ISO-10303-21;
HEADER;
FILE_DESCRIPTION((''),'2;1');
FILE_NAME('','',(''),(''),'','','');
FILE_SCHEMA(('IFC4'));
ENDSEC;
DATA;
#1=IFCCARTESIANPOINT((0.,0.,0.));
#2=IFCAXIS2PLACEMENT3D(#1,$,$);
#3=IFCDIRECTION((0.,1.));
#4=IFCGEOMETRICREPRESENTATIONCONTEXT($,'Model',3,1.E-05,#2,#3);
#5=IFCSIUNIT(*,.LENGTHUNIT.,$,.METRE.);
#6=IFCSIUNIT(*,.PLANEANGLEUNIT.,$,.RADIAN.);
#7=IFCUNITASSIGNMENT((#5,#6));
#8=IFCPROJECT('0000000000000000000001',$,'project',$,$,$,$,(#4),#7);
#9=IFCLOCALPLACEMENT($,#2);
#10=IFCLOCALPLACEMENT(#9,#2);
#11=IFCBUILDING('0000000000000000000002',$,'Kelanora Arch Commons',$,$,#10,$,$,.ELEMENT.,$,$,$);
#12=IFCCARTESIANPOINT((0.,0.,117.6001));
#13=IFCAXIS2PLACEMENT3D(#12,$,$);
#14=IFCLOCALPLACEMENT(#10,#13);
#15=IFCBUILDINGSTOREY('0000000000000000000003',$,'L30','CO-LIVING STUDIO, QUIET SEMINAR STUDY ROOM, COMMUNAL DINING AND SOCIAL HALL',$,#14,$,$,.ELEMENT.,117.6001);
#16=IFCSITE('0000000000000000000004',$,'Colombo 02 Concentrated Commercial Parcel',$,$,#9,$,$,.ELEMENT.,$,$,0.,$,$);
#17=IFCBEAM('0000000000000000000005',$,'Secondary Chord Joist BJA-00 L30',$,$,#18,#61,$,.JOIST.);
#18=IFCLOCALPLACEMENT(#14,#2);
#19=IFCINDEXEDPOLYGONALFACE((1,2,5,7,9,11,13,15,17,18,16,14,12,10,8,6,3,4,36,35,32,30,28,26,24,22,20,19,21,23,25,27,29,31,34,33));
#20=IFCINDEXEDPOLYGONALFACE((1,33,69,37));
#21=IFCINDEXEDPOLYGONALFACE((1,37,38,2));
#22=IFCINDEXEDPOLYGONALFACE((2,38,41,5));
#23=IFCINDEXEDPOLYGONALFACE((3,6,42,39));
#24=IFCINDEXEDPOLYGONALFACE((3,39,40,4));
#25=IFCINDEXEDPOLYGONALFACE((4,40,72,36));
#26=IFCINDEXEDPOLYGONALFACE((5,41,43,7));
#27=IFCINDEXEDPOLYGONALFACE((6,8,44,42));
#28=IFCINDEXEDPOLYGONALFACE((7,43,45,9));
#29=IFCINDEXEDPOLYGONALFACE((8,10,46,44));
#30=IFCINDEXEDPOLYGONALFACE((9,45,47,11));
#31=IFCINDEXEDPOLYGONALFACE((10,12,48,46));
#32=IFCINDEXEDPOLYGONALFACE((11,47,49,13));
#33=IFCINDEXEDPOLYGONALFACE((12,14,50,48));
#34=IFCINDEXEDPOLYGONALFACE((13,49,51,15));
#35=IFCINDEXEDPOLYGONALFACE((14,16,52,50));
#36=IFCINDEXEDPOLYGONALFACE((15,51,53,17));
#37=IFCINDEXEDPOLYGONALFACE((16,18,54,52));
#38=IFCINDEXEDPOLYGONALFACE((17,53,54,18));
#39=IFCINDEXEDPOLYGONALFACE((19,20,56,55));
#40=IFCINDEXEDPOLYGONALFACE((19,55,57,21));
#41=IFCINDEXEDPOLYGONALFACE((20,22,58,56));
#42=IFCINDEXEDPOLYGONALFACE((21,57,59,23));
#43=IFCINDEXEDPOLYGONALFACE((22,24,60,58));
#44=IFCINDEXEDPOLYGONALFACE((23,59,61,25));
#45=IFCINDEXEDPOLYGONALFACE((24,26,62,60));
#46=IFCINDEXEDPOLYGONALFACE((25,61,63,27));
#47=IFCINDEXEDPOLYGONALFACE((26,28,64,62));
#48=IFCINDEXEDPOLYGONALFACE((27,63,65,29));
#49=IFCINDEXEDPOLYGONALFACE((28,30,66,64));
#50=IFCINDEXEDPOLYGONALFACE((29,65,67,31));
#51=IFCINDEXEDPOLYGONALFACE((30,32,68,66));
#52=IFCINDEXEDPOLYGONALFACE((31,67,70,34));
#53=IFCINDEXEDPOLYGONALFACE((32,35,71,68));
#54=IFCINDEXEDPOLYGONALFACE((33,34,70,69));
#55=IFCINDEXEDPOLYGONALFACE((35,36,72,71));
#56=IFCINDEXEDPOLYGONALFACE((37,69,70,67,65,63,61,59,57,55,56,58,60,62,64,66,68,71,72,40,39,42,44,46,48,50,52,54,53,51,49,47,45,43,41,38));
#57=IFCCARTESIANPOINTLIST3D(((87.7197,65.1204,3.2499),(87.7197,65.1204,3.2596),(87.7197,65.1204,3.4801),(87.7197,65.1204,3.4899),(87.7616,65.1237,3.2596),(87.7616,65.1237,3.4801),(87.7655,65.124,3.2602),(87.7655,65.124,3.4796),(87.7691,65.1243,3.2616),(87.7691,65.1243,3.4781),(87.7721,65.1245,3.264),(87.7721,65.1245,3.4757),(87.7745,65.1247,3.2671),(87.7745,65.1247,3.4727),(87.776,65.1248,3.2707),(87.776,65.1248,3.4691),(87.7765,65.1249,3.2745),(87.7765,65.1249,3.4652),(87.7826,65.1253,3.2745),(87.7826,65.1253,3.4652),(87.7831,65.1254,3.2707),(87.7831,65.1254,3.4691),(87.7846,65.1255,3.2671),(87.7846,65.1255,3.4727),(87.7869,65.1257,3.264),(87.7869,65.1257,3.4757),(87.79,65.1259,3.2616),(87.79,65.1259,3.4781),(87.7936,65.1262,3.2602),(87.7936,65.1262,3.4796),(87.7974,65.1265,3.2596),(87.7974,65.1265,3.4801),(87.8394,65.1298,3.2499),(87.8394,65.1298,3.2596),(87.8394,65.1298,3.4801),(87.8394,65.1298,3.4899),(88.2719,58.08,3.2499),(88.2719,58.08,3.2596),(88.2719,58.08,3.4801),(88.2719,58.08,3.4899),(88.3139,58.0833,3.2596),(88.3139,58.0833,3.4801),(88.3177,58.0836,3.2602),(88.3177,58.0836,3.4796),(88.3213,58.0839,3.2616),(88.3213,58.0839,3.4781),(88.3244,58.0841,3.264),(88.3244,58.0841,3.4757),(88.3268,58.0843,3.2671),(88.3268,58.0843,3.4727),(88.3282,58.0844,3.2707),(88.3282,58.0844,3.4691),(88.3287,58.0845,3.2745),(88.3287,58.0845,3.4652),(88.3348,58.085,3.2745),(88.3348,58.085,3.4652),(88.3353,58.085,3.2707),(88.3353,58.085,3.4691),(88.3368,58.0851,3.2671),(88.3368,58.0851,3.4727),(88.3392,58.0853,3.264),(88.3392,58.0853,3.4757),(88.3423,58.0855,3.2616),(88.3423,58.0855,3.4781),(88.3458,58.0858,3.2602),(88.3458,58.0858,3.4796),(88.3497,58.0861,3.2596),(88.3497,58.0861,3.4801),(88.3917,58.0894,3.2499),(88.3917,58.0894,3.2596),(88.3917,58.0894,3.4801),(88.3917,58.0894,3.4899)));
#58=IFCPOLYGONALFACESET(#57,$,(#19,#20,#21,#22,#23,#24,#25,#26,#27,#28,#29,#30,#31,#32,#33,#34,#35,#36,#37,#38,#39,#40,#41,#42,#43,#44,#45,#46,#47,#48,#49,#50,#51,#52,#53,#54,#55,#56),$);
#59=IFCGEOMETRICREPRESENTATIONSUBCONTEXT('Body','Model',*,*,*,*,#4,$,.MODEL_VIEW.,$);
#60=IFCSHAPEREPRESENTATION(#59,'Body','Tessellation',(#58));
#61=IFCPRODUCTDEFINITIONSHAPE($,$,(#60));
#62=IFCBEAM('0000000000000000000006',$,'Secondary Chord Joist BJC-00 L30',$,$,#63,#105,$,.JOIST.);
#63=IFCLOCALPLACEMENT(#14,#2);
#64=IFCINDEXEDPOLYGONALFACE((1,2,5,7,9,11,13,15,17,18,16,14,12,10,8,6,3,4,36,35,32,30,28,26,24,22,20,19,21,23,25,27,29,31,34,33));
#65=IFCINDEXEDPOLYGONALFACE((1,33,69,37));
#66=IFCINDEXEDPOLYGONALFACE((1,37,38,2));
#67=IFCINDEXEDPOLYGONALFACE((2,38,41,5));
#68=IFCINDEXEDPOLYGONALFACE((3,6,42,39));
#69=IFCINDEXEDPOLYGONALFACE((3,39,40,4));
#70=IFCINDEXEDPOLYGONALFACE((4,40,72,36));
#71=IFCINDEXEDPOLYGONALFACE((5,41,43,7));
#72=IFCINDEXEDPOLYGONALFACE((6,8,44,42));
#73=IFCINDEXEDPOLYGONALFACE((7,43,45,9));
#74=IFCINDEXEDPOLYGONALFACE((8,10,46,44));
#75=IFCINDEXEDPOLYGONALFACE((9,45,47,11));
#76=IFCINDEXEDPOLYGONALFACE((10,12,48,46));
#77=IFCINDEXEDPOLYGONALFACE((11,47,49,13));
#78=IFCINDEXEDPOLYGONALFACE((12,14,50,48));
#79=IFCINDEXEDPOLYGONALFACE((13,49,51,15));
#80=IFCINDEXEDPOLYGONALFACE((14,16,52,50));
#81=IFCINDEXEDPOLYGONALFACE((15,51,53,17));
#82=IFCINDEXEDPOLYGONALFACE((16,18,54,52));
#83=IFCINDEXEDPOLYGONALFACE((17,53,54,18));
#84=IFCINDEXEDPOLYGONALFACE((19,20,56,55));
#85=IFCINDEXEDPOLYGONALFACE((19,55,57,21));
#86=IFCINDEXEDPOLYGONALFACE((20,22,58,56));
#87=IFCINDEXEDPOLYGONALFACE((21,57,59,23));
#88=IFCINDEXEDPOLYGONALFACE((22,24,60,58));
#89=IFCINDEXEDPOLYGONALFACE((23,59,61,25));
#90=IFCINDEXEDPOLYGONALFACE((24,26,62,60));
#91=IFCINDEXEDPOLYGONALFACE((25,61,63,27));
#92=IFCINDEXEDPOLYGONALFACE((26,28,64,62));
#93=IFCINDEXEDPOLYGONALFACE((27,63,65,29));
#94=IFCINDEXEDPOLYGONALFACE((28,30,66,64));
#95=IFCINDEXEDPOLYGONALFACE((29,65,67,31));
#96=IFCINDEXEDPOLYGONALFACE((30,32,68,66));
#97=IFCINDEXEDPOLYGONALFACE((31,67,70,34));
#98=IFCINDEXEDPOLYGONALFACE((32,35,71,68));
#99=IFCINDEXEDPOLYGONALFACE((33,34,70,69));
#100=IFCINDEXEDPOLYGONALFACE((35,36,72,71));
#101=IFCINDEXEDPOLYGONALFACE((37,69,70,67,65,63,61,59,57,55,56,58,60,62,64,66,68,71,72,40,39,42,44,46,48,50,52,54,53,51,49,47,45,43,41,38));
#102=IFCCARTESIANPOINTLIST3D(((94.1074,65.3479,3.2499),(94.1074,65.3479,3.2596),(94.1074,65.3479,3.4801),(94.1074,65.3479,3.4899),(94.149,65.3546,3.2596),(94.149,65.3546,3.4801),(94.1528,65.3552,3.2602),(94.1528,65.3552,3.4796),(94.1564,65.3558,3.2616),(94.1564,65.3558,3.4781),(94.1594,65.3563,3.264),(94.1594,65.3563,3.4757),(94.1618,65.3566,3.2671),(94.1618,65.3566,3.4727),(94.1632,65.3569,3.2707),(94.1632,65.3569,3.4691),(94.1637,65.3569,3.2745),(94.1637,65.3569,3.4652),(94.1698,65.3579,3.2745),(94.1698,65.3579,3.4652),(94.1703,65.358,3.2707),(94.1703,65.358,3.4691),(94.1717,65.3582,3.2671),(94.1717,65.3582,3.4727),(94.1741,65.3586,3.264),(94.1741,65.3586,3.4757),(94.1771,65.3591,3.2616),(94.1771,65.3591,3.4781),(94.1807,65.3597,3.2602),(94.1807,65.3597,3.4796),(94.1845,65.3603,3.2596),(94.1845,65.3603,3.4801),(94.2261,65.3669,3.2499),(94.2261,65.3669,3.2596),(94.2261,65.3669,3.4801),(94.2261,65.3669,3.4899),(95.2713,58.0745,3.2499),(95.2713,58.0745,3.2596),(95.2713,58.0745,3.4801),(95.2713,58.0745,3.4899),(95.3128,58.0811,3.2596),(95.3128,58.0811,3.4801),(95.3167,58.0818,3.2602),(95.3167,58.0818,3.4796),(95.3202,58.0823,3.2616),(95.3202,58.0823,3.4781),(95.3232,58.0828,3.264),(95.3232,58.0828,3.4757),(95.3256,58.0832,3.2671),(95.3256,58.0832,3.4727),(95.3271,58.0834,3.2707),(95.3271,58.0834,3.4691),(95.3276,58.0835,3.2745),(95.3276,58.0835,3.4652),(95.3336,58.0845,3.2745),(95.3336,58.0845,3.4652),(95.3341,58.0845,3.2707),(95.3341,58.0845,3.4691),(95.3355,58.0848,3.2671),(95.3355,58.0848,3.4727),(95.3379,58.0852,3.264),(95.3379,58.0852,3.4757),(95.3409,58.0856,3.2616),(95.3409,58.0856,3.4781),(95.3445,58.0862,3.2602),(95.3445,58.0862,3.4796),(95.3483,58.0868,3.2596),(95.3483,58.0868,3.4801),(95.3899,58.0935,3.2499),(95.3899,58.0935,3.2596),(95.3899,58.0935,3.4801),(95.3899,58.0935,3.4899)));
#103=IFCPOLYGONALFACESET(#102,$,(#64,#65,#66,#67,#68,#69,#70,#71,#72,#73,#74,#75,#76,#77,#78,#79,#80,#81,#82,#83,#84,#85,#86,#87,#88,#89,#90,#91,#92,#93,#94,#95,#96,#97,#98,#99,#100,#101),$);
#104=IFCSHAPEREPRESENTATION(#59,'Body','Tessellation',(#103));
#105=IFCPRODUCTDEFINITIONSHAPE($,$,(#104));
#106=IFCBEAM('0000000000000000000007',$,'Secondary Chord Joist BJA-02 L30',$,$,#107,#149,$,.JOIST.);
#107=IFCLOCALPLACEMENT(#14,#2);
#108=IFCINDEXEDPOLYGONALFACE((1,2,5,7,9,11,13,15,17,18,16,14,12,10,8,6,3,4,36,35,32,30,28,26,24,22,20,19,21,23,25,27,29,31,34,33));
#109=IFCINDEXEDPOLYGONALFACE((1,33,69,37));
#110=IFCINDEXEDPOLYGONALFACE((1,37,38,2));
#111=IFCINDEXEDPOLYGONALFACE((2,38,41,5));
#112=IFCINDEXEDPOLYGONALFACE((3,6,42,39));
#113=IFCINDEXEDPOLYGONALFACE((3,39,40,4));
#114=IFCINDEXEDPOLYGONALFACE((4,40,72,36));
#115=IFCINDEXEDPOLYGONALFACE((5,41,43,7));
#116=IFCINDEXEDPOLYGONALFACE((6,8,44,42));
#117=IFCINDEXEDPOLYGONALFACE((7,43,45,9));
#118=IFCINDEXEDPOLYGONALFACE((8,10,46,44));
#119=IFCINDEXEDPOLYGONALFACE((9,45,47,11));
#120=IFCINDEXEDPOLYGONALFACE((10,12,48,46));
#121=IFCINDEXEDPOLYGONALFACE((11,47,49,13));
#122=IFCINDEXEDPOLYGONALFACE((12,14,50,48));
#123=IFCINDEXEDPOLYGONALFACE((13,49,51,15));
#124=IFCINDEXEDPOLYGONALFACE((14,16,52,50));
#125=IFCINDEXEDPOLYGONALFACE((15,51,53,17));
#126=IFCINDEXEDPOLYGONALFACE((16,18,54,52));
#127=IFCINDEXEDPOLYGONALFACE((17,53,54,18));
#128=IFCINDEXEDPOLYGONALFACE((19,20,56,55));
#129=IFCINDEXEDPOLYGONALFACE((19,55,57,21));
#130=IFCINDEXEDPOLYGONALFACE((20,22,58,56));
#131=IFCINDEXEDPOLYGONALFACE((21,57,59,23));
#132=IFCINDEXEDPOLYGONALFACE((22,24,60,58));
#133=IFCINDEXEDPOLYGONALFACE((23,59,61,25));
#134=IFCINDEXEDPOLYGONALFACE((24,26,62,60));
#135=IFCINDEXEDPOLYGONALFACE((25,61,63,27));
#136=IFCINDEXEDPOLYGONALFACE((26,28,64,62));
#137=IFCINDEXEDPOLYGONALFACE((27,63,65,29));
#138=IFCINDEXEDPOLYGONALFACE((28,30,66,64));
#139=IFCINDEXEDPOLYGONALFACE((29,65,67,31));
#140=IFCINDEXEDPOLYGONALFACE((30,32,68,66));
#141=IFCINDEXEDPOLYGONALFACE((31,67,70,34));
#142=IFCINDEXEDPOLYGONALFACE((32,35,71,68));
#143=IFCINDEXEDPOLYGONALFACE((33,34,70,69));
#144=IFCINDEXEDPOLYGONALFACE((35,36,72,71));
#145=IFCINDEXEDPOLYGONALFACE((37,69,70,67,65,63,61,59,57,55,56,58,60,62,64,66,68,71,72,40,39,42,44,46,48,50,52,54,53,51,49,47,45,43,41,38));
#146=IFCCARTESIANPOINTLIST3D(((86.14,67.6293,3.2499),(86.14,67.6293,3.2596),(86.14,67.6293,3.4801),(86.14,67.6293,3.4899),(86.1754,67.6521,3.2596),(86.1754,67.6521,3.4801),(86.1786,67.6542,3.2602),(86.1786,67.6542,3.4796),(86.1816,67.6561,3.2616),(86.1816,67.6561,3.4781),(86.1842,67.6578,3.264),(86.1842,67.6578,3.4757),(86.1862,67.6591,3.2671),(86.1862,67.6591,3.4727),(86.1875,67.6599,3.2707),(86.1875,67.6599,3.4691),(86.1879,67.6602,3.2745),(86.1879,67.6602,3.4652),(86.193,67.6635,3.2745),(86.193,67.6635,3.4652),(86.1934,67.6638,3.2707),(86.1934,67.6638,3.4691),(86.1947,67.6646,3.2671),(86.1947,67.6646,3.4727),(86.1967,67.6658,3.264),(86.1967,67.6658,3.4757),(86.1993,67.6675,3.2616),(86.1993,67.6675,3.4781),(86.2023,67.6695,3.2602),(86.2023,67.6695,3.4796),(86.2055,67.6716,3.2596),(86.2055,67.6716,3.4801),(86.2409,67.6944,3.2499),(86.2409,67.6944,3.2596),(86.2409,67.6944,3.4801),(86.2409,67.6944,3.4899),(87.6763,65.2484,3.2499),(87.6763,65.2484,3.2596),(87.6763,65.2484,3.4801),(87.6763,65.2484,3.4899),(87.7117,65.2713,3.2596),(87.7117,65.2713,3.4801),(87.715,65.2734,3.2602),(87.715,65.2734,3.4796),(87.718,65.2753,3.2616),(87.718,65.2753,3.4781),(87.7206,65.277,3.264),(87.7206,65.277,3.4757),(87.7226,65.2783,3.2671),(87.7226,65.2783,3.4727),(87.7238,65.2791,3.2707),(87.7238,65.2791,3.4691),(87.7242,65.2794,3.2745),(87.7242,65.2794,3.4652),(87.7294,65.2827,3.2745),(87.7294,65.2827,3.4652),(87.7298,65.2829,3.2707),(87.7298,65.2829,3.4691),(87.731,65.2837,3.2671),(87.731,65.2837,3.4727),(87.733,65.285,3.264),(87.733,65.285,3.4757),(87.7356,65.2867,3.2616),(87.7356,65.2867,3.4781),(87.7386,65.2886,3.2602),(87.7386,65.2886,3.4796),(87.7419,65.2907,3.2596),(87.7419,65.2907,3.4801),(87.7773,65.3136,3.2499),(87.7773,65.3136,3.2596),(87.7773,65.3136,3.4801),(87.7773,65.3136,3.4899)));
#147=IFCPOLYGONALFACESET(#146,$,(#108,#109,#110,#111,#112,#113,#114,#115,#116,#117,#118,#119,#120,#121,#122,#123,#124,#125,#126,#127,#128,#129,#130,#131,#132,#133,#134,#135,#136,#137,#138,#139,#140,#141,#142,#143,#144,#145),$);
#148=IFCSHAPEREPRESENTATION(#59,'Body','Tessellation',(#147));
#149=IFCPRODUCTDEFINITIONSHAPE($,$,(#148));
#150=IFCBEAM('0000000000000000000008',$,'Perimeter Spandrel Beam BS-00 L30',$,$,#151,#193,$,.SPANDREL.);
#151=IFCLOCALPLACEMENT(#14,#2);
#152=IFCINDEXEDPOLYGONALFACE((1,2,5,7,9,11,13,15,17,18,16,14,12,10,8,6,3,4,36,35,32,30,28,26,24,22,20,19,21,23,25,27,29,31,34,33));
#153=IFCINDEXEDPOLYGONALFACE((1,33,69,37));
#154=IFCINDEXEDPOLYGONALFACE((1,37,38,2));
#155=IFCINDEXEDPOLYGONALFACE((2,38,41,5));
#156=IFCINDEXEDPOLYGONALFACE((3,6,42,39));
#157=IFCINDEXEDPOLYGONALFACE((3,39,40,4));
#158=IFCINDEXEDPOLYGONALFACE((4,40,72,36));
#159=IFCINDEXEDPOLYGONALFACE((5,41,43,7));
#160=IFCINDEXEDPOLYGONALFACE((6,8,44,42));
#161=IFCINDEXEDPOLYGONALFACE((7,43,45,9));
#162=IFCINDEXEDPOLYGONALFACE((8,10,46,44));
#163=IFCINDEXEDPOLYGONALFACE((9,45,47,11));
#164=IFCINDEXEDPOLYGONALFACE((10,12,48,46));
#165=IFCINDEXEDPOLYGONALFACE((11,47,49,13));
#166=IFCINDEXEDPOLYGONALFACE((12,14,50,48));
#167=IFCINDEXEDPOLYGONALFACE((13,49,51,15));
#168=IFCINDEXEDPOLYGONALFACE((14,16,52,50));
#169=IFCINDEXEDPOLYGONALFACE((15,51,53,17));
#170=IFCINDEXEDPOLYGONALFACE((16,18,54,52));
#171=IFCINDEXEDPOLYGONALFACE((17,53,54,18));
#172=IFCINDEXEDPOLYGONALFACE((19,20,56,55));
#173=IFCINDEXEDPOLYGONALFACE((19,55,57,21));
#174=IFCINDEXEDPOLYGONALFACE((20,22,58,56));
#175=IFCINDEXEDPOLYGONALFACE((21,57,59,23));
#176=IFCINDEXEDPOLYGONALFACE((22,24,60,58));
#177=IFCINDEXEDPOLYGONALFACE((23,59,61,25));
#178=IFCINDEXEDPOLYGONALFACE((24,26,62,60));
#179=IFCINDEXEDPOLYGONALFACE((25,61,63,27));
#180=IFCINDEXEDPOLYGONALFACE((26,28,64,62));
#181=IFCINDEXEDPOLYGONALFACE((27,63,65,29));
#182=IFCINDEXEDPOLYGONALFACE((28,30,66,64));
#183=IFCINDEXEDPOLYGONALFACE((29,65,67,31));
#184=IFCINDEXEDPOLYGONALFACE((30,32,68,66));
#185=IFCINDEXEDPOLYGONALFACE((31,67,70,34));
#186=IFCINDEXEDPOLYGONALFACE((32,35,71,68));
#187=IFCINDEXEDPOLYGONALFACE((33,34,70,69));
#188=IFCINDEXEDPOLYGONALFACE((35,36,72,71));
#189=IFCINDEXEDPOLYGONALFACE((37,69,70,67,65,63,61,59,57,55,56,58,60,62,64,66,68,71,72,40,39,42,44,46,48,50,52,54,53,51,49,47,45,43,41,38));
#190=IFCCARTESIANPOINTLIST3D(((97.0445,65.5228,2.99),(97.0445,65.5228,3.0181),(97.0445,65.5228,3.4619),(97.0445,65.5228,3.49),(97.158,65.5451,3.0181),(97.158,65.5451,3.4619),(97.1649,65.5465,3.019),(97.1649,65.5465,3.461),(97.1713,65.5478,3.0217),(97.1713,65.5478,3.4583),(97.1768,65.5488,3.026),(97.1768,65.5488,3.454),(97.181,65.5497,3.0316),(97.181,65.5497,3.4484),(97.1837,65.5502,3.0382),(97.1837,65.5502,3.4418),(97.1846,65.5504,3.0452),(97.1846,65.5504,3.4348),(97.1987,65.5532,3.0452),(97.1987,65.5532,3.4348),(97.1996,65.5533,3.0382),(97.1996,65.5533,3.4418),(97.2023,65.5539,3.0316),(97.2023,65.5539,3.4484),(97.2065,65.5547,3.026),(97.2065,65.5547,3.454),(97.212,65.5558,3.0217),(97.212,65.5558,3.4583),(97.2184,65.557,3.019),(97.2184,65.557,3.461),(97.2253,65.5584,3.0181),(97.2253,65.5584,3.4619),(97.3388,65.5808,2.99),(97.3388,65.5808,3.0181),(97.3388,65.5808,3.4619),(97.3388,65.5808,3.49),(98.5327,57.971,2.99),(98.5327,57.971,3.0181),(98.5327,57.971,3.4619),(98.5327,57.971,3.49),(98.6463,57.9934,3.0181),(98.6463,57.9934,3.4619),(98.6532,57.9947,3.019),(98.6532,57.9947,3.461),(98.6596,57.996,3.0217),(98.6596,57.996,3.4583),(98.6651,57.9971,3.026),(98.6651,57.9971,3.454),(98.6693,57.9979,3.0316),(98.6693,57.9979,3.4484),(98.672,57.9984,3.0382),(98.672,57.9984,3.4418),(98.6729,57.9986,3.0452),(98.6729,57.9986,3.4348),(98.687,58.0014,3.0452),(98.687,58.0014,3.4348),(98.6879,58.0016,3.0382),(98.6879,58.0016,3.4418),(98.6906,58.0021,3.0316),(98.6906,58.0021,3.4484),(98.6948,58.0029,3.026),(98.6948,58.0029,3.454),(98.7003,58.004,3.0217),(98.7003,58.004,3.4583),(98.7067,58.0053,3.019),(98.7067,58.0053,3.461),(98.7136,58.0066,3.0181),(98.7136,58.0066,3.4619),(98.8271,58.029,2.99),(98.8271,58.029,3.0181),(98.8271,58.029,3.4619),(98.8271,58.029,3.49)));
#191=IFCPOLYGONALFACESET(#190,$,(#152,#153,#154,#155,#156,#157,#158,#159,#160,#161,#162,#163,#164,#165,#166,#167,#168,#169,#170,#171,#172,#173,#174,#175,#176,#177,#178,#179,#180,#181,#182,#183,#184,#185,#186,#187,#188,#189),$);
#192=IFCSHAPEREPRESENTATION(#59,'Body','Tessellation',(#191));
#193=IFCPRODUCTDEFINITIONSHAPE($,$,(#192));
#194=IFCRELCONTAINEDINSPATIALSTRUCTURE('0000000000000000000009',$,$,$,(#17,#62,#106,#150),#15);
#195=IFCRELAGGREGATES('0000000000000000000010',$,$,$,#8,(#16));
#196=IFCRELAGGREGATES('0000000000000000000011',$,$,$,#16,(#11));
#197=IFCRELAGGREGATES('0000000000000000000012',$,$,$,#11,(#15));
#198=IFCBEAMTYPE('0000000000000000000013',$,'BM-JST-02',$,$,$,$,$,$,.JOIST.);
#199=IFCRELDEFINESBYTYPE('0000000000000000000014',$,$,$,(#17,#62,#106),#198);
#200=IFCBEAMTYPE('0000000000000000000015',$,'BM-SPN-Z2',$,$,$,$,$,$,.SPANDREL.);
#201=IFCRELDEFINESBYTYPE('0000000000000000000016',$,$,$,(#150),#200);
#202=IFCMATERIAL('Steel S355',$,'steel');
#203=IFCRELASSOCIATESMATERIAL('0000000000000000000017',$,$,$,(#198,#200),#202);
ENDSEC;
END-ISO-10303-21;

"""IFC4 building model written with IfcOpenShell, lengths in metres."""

from ifc_helpers import new_model, si_unit, direction, frame, origin, origin_2d, place, context, subcontext, project, spatial, i_section, extrude, material, material_profile, profile_set, type_object, element, save


model = new_model("IFC4")

# Units and contexts
model_context = context("Model", 3, precision=1e-05, world=origin(), true_north=direction((0.0, 1.0)))
body_context = subcontext(model_context, "Body", "Model", "MODEL_VIEW")
ifc_project = project(units=[si_unit("LENGTHUNIT", "METRE"), si_unit("PLANEANGLEUNIT", "RADIAN")], contexts=[model_context])

# Site, building, storey
site_placement = place(None, origin())
site = spatial("IfcSite", under=ifc_project, at=site_placement, Name="Colombo 02 Concentrated Commercial Parcel", CompositionType="ELEMENT", RefElevation=0.0)
building_placement = place(site_placement, origin())
building = spatial("IfcBuilding", under=site, at=building_placement, Name="Kelanora Arch Commons", CompositionType="ELEMENT")
storey_placement = place(building_placement, frame((0.0, 0.0, 117.6001)))
storey = spatial("IfcBuildingStorey", under=building, at=storey_placement, Name="L30", Description="CO-LIVING STUDIO, QUIET SEMINAR STUDY ROOM, COMMUNAL DINING AND SOCIAL HALL", CompositionType="ELEMENT", Elevation=117.6001)

# Beams
ifc_material_1 = material(Name="Steel S355", Category="steel")
ifc_material_profile_1 = material_profile(ifc_material_1, i_section(OverallWidth=0.1201, OverallDepth=0.24, WebThickness=0.0061, FlangeThickness=0.0098, FilletRadius=0.0149, at=origin_2d()), Name="IPE240")
ifc_profile_set_1 = profile_set([ifc_material_profile_1], Name="Steel S355")
beam_type_1 = type_object("IfcBeamType", Name="BM-JST-02", PredefinedType="JOIST", material=ifc_profile_set_1)
beam_1_placement = place(storey_placement, frame((88.3318, 58.0847, 3.3699), z_axis=(-0.078201, 0.996938, 0.0), x_axis=(-0.996938, -0.078201, 0.0)))
element("IfcBeam", 1, at=beam_1_placement, inside=storey, type_object=beam_type_1, Name="Secondary Chord Joist BJA-00 L30", PredefinedType="JOIST", context=body_context, shape_type="SweptSolid", body=[
    extrude(i_section(OverallWidth=0.1201, OverallDepth=0.24, WebThickness=0.0061, FlangeThickness=0.0098, FilletRadius=0.0149, at=origin_2d()), origin(), (0.0, 0.0, 1.0), 7.062),
])
beam_2_placement = place(storey_placement, frame((95.3306, 58.084, 3.3699), z_axis=(-0.158, 0.987439, 0.0), x_axis=(-0.987439, -0.158, 0.0)))
element("IfcBeam", 2, at=beam_2_placement, inside=storey, type_object=beam_type_1, Name="Secondary Chord Joist BJC-00 L30", PredefinedType="JOIST", context=body_context, shape_type="SweptSolid", body=[
    extrude(i_section(OverallWidth=0.1201, OverallDepth=0.24, WebThickness=0.0061, FlangeThickness=0.0098, FilletRadius=0.0149, at=origin_2d()), origin(), (0.0, 0.0, 1.0), 7.366),
])
beam_3_placement = place(storey_placement, frame((87.7268, 65.281, 3.3699), z_axis=(-0.542211, 0.840242, 0.0), x_axis=(-0.840242, -0.542211, 0.0)))
element("IfcBeam", 3, at=beam_3_placement, inside=storey, type_object=beam_type_1, Name="Secondary Chord Joist BJA-02 L30", PredefinedType="JOIST", context=body_context, shape_type="SweptSolid", body=[
    extrude(i_section(OverallWidth=0.1201, OverallDepth=0.24, WebThickness=0.0061, FlangeThickness=0.0098, FilletRadius=0.0149, at=origin_2d()), origin(), (0.0, 0.0, 1.0), 2.8335),
])
ifc_material_profile_2 = material_profile(ifc_material_1, i_section(OverallWidth=0.3, OverallDepth=0.5, WebThickness=0.0144, FlangeThickness=0.0281, FilletRadius=0.0271, at=origin_2d()), Name="HEB500")
ifc_profile_set_2 = profile_set([ifc_material_profile_2], Name="Steel S355")
beam_type_2 = type_object("IfcBeamType", Name="BM-SPN-Z2", PredefinedType="SPANDREL", material=ifc_profile_set_2)
beam_4_placement = place(storey_placement, frame((98.6799, 58.0, 3.24), z_axis=(-0.193358, 0.981128, 0.0), x_axis=(-0.981128, -0.193358, 0.0)))
element("IfcBeam", 4, at=beam_4_placement, inside=storey, type_object=beam_type_2, Name="Perimeter Spandrel Beam BS-00 L30", PredefinedType="SPANDREL", context=body_context, shape_type="SweptSolid", body=[
    extrude(i_section(OverallWidth=0.3, OverallDepth=0.5, WebThickness=0.0144, FlangeThickness=0.0281, FilletRadius=0.0271, at=origin_2d()), origin(), (0.0, 0.0, 1.0), 7.697),
])

save(model, "model.ifc")
